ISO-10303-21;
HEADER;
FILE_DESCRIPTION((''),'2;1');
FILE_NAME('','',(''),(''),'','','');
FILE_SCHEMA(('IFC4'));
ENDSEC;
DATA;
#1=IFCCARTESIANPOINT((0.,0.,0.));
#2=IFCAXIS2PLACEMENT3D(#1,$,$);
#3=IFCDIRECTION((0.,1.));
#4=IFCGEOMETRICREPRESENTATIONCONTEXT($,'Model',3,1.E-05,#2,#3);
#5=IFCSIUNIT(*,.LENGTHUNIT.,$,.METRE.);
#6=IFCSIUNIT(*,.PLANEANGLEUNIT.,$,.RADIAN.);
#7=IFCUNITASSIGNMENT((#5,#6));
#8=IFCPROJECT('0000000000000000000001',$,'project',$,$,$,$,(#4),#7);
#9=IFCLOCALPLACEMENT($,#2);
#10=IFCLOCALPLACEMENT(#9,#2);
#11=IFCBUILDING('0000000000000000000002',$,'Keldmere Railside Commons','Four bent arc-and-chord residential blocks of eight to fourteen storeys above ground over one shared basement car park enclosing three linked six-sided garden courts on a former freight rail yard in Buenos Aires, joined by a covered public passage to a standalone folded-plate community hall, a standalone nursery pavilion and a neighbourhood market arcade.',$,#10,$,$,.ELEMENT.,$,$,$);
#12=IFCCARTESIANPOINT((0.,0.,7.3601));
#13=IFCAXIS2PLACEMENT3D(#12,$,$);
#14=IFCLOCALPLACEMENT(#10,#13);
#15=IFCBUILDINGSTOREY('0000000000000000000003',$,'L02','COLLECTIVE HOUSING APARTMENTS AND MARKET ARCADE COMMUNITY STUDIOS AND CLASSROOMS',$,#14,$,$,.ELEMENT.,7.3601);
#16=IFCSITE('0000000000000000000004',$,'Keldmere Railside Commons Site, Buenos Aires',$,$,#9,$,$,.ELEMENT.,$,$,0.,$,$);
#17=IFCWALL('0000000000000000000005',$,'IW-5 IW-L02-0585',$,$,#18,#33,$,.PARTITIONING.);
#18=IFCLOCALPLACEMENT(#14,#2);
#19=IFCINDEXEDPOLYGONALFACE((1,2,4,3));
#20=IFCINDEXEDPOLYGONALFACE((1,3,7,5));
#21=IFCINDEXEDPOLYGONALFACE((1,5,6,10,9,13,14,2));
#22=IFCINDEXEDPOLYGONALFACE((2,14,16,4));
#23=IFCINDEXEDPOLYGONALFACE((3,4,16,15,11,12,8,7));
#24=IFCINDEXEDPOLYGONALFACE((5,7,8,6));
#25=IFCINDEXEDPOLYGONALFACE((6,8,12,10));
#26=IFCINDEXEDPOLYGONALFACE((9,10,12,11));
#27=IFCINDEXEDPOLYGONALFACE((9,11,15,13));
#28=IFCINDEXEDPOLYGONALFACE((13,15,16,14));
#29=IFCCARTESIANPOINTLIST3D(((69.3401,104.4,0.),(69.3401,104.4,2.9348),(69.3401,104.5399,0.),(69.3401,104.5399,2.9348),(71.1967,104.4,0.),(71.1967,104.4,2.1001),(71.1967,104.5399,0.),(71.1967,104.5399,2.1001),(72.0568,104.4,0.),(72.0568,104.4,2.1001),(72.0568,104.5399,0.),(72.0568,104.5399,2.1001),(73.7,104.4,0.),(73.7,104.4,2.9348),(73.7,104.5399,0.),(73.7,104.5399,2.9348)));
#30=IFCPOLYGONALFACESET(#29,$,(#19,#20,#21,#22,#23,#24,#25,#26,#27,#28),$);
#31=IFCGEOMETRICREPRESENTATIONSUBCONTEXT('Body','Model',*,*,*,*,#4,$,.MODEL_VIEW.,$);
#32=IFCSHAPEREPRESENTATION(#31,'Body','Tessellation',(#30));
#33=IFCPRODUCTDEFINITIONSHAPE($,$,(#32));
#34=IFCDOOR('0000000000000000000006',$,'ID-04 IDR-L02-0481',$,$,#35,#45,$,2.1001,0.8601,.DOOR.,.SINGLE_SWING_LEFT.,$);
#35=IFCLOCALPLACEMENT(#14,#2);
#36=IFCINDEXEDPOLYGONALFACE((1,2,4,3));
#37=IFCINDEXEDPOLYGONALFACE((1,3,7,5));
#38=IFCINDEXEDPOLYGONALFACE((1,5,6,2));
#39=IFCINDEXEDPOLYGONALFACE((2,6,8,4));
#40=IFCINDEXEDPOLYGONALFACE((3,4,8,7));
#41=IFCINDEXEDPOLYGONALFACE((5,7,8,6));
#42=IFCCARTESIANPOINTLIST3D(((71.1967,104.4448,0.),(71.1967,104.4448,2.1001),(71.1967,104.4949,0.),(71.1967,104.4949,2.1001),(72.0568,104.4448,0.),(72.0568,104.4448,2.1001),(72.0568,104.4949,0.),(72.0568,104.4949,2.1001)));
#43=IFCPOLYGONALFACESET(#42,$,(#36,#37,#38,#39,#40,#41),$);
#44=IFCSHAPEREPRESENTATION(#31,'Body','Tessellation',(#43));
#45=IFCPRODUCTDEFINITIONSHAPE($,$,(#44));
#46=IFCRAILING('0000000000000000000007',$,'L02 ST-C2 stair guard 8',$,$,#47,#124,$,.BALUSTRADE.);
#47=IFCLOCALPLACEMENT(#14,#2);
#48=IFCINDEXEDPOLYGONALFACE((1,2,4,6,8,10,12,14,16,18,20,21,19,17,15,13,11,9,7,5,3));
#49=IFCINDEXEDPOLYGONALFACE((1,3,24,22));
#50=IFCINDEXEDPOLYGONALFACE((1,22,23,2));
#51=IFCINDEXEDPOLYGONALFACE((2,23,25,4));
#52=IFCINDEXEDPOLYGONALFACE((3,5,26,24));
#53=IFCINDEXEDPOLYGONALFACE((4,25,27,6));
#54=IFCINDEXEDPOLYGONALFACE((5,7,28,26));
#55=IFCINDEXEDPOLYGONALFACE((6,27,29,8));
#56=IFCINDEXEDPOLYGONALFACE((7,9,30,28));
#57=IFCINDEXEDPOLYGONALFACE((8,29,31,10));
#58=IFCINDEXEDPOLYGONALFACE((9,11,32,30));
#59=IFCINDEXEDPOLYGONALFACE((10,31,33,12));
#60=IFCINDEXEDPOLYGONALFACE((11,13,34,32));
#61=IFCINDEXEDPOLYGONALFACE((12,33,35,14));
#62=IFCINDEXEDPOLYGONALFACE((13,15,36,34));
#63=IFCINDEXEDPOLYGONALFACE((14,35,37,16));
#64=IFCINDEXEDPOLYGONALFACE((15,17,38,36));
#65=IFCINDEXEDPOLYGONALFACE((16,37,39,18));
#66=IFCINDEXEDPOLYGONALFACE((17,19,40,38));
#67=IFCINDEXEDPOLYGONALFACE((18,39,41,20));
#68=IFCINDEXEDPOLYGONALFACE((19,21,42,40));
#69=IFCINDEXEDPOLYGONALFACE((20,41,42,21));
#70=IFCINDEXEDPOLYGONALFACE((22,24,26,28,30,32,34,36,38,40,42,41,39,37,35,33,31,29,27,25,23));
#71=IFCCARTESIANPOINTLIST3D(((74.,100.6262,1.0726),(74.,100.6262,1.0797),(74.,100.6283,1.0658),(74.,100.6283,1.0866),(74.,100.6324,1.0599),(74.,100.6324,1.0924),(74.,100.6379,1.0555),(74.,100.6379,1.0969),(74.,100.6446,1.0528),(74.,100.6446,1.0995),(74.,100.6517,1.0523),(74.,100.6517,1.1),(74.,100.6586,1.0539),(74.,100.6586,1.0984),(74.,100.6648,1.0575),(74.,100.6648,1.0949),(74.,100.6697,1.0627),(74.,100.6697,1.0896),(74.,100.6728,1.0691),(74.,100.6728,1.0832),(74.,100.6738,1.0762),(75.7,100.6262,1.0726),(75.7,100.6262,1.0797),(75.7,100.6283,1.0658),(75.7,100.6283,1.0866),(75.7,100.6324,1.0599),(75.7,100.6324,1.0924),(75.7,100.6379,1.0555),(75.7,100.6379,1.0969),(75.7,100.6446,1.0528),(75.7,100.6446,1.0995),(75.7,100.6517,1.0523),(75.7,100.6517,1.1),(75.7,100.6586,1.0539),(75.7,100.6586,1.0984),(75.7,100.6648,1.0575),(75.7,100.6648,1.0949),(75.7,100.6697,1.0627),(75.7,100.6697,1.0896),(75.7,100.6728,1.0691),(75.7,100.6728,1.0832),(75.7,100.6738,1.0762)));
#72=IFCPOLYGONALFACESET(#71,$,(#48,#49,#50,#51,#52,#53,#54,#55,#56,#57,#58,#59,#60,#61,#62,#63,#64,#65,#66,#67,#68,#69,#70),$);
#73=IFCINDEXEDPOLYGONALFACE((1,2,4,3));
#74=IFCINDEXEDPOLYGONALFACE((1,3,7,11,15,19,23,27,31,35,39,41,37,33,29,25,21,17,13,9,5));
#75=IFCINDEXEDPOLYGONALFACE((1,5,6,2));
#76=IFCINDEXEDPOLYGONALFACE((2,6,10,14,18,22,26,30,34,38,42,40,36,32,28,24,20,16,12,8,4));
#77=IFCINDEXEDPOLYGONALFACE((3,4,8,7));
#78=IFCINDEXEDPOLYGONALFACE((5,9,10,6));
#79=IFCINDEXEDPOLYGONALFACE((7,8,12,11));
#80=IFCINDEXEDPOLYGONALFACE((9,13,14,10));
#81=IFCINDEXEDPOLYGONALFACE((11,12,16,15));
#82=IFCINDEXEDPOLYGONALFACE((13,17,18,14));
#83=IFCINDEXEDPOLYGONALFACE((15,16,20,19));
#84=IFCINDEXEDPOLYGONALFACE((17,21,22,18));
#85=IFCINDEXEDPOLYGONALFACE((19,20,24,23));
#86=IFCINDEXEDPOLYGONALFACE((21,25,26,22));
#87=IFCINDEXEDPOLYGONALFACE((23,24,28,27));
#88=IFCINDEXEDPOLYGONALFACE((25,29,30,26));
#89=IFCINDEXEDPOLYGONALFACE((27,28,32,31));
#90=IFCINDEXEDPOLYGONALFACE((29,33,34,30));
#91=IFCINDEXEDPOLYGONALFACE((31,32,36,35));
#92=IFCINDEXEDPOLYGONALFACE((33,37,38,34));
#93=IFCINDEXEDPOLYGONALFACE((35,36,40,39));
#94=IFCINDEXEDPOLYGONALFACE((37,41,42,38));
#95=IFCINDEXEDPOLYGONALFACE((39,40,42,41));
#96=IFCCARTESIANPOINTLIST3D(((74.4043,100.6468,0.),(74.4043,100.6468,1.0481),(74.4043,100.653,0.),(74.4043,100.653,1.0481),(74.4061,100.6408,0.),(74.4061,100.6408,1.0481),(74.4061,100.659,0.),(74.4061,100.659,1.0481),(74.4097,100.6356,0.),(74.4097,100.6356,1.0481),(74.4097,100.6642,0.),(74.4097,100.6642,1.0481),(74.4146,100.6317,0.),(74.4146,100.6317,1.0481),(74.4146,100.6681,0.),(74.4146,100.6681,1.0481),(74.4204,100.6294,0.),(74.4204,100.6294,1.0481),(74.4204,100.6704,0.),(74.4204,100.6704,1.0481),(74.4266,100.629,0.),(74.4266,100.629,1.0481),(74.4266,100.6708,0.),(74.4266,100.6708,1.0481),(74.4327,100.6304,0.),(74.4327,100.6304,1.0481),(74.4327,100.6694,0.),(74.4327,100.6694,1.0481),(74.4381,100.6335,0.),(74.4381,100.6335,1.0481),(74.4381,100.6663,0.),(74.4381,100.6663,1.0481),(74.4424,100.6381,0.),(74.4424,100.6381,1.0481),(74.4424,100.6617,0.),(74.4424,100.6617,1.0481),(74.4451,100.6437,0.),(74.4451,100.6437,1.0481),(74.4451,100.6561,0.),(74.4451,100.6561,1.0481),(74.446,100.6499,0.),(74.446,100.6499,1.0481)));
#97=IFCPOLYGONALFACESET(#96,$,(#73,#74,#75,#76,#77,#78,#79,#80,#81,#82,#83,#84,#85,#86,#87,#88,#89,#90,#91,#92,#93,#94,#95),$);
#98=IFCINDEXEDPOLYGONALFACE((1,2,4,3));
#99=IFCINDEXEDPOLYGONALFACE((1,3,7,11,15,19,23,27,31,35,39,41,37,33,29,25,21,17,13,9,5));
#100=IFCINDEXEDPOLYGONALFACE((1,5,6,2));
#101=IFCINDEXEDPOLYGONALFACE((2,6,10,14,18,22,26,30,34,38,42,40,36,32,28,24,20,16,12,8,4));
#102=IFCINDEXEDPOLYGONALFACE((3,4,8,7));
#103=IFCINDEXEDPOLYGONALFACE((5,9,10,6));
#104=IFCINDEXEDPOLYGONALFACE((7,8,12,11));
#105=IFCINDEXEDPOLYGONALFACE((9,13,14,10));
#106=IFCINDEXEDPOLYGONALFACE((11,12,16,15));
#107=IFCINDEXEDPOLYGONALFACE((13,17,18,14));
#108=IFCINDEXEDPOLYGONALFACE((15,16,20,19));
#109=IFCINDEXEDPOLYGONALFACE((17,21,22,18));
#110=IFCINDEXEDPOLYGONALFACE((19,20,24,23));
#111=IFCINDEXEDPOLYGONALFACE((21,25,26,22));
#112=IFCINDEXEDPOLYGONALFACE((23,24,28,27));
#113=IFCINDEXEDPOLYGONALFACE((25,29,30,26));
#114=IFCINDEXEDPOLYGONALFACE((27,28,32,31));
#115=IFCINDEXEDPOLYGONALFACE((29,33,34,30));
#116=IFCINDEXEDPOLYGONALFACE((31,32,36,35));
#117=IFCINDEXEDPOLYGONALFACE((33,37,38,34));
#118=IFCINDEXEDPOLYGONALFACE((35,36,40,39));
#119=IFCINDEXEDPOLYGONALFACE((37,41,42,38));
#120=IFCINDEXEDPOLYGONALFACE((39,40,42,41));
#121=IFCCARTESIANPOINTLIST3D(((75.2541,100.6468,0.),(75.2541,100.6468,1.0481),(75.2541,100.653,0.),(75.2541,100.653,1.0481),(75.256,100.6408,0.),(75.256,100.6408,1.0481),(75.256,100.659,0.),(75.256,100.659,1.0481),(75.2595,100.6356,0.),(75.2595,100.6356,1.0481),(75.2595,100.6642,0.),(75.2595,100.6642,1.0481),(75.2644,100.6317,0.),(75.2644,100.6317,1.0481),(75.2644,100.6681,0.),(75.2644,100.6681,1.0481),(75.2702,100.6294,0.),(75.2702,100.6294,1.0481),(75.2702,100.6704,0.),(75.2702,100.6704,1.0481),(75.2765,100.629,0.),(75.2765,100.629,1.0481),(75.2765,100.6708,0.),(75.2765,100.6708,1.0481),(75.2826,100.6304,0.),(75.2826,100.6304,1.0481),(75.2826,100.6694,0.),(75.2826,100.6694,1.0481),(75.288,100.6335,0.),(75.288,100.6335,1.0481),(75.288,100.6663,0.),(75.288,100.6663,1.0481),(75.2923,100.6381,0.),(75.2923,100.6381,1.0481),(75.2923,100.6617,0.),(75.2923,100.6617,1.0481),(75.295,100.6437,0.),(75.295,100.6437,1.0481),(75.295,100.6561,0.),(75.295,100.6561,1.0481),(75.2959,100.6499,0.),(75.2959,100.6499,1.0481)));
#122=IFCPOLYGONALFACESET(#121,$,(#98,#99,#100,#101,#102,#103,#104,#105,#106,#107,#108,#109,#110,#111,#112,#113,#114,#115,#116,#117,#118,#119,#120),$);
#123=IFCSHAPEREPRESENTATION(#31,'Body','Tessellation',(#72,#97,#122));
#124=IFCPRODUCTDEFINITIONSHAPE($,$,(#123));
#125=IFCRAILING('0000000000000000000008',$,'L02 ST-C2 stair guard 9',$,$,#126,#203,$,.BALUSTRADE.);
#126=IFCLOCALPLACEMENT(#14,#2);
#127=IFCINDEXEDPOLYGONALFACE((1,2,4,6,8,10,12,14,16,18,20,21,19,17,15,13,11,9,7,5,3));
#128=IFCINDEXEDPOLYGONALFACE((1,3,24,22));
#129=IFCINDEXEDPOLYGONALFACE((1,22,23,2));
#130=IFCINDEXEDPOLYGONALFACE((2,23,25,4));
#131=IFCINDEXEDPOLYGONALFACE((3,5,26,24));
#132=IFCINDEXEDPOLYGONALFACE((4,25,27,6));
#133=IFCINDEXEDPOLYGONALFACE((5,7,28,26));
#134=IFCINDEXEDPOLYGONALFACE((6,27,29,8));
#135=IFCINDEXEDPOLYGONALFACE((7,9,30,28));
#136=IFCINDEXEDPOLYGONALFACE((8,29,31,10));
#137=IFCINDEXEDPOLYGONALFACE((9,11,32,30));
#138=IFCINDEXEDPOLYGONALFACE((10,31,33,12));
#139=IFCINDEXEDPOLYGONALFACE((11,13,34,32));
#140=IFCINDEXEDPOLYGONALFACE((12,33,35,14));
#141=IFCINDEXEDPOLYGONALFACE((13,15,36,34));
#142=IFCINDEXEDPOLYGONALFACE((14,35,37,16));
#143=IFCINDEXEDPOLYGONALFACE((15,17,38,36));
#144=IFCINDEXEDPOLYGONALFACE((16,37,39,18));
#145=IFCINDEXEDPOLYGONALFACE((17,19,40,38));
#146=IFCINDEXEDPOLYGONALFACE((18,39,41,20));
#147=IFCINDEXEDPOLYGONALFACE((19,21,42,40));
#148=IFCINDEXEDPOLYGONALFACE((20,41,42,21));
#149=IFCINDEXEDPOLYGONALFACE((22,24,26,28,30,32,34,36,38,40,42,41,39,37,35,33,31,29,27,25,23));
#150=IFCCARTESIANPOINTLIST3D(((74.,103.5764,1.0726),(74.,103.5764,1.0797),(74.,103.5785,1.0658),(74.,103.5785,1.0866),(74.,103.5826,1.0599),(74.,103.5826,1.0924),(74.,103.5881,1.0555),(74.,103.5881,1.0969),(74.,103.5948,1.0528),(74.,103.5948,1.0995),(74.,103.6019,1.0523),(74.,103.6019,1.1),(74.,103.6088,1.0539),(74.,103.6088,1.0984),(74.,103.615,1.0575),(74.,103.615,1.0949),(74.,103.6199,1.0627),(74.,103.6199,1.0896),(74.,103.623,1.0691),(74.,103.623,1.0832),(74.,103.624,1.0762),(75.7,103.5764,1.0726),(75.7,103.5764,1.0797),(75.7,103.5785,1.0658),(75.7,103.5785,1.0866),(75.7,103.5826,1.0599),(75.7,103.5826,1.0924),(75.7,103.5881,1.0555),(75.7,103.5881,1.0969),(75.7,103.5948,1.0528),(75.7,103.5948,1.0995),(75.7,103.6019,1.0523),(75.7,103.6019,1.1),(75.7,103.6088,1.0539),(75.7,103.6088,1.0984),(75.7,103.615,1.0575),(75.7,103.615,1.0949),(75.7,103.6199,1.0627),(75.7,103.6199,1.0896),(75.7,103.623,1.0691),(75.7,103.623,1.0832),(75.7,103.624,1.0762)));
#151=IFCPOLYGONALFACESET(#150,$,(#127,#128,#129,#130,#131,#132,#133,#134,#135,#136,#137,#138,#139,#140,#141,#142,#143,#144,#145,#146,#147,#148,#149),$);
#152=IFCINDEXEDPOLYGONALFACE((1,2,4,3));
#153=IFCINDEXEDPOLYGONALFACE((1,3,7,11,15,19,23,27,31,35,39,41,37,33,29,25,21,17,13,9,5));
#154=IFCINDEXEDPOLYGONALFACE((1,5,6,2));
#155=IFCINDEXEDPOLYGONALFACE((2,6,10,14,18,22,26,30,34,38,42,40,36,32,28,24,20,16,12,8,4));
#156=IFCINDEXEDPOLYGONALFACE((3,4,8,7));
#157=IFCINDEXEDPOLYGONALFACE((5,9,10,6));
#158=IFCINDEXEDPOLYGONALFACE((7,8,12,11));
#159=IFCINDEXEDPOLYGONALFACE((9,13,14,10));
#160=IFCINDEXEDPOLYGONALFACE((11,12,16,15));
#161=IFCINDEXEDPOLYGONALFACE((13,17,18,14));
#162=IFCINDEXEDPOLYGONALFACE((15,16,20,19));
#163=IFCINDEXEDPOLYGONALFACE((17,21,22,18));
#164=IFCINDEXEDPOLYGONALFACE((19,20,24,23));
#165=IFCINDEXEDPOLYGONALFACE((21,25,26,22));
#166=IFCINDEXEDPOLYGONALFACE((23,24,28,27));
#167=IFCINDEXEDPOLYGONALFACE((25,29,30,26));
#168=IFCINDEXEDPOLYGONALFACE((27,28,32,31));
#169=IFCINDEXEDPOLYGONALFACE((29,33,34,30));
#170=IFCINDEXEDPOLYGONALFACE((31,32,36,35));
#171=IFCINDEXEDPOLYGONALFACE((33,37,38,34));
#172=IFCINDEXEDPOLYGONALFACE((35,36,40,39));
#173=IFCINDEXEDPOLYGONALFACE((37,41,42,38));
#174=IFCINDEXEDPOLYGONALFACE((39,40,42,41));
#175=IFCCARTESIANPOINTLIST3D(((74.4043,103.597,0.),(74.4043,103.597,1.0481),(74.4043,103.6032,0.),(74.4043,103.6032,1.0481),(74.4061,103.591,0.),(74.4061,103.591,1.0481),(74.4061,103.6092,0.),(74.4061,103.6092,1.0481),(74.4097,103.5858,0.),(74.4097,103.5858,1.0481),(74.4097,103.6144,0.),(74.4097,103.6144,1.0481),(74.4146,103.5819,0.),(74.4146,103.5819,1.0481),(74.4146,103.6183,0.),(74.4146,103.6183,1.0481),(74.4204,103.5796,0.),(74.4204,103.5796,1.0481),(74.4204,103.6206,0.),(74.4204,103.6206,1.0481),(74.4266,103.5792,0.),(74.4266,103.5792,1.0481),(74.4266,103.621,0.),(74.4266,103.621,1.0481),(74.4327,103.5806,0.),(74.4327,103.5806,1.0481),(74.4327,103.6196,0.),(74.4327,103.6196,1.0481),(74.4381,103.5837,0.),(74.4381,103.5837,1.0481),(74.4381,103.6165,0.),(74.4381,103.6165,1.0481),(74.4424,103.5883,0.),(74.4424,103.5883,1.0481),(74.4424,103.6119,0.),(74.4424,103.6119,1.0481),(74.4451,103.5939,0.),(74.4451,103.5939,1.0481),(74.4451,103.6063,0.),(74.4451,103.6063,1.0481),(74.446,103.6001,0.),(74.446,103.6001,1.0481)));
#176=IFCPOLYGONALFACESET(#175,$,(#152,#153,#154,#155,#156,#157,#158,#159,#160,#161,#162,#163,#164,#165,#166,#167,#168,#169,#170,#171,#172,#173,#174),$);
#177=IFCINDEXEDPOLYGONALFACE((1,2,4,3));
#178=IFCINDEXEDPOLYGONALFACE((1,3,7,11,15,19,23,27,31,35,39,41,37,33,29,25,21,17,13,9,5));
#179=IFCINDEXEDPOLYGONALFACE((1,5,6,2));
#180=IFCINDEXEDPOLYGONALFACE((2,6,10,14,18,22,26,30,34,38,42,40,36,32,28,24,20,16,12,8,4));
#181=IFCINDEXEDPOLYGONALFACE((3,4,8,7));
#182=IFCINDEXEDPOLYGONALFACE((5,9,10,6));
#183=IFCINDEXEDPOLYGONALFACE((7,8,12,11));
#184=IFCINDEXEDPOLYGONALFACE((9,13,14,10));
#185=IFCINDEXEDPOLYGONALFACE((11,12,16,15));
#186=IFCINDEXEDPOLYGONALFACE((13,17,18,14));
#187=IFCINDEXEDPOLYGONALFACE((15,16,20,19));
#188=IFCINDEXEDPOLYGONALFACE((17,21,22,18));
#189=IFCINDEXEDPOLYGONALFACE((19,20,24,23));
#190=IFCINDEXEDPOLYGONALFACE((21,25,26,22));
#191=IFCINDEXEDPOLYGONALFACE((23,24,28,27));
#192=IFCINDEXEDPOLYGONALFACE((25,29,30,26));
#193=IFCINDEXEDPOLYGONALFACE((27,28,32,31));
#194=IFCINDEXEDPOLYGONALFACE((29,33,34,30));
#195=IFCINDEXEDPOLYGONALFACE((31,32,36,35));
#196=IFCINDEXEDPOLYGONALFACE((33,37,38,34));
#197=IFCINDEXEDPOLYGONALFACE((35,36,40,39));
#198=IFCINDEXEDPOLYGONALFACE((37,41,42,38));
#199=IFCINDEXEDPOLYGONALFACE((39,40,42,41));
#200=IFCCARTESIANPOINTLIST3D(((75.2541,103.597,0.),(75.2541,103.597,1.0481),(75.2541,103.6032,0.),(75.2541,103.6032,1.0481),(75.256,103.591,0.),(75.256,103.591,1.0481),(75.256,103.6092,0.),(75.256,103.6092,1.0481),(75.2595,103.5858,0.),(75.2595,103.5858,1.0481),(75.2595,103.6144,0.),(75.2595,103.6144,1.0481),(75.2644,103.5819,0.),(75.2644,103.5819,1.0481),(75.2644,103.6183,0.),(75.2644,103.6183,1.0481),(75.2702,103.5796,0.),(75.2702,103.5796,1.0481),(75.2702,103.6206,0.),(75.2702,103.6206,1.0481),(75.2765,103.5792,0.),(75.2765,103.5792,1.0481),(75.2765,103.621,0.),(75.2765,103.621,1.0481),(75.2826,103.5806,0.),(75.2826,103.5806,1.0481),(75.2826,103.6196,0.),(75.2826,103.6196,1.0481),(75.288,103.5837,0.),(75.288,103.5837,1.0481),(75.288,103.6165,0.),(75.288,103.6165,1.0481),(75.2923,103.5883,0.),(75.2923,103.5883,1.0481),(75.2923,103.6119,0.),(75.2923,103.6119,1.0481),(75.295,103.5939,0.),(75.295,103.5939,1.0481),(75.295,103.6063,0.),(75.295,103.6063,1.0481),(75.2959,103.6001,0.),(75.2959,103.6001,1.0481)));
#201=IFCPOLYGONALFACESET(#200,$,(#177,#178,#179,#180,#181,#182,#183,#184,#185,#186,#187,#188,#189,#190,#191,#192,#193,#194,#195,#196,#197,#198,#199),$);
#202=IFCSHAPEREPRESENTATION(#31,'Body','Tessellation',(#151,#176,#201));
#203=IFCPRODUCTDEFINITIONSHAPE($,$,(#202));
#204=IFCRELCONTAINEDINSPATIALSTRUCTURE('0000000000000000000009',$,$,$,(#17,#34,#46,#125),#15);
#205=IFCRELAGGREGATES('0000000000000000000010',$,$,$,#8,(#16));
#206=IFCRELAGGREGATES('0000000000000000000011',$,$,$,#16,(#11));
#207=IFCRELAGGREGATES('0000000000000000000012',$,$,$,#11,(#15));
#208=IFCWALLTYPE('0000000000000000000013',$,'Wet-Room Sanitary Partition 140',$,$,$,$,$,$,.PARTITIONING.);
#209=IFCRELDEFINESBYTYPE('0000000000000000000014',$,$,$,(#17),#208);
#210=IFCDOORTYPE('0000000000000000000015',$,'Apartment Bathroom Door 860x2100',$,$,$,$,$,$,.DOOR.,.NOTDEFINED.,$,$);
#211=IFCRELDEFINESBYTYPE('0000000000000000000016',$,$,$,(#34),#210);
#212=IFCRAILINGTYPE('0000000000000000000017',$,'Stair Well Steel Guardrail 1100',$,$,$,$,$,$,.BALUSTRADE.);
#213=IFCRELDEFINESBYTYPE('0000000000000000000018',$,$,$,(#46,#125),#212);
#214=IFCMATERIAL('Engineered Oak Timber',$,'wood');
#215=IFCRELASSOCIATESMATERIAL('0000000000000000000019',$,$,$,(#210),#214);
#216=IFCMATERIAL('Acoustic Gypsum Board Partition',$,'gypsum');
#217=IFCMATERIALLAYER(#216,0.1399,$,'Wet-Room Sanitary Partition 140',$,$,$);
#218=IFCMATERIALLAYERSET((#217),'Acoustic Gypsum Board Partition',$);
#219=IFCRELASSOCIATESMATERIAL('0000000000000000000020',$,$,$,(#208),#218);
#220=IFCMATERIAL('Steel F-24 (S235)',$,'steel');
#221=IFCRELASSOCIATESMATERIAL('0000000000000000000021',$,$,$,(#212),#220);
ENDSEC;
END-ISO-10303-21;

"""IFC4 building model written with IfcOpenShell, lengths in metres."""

from ifc_helpers import new_model, si_unit, direction, frame, frame_2d, origin, origin_2d, place, context, subcontext, project, spatial, rectangle, circle, extrude, material, layer, layer_set, type_object, element, fill, save


model = new_model("IFC4")

# Units and contexts
model_context = context("Model", 3, precision=1e-05, world=origin(), true_north=direction((0.0, 1.0)))
body_context = subcontext(model_context, "Body", "Model", "MODEL_VIEW")
ifc_project = project(units=[si_unit("LENGTHUNIT", "METRE"), si_unit("PLANEANGLEUNIT", "RADIAN")], contexts=[model_context])

# Site, building, storey
site_placement = place(None, origin())
site = spatial("IfcSite", under=ifc_project, at=site_placement, Name="Keldmere Railside Commons Site, Buenos Aires", CompositionType="ELEMENT", RefElevation=0.0)
building_placement = place(site_placement, origin())
building = spatial("IfcBuilding", under=site, at=building_placement, Name="Keldmere Railside Commons", Description="Four bent arc-and-chord residential blocks of eight to fourteen storeys above ground over one shared basement car park enclosing three linked six-sided garden courts on a former freight rail yard in Buenos Aires, joined by a covered public passage to a standalone folded-plate community hall, a standalone nursery pavilion and a neighbourhood market arcade.", CompositionType="ELEMENT")
storey_placement = place(building_placement, frame((0.0, 0.0, 7.3601)))
storey = spatial("IfcBuildingStorey", under=building, at=storey_placement, Name="L02", Description="COLLECTIVE HOUSING APARTMENTS AND MARKET ARCADE COMMUNITY STUDIOS AND CLASSROOMS", CompositionType="ELEMENT", Elevation=7.3601)

# Shared definitions
ifc_material_1 = material(Name="Acoustic Gypsum Board Partition", Category="gypsum")

# Shared definitions
ifc_material_2 = material(Name="Engineered Oak Timber", Category="wood")
door_type_1 = type_object("IfcDoorType", Name="Apartment Bathroom Door 860x2100", OperationType="NOTDEFINED", PredefinedType="DOOR", material=ifc_material_2)

# Wall, opening, door
ifc_layer_1 = layer(ifc_material_1, 0.1399, Name="Wet-Room Sanitary Partition 140")
ifc_layer_set_1 = layer_set([ifc_layer_1], Name="Acoustic Gypsum Board Partition")
wall_type_1 = type_object("IfcWallType", Name="Wet-Room Sanitary Partition 140", PredefinedType="PARTITIONING", material=ifc_layer_set_1)
wall_1_placement = place(storey_placement, frame((69.3401, 104.47, 0.0), z_axis=(0.0, 0.0, 1.0), x_axis=(1.0, 0.0, 0.0)))
wall_1 = element("IfcWall", 1, at=wall_1_placement, inside=storey, type_object=wall_type_1, Name="IW-5 IW-L02-0585", PredefinedType="PARTITIONING", context=body_context, shape_type="SweptSolid", body=[
    extrude(rectangle(XDim=4.3599, YDim=0.1399, at=frame_2d((2.1799, 0.0))), origin(), (0.0, 0.0, 1.0), 2.9348),
])
opening_1_placement = place(wall_1_placement, frame((1.8564, 0.0, 0.0)))
opening_1 = element("IfcOpeningElement", 2, at=opening_1_placement, cuts=wall_1, PredefinedType="OPENING", context=body_context, shape_type="SweptSolid", body=[
    extrude(rectangle(XDim=0.8601, YDim=2.1001, at=frame_2d((0.4302, 1.05))), frame((0.0, 0.0798, 0.0), z_axis=(0.0, -1.0, 0.0), x_axis=(1.0, 0.0, 0.0)), (0.0, 0.0, 1.0), 0.1599),
])
door_1_placement = place(opening_1_placement, origin())
door_1 = element("IfcDoor", 3, at=door_1_placement, inside=storey, type_object=door_type_1, Name="ID-04 IDR-L02-0481", OperationType="SINGLE_SWING_LEFT", OverallHeight=2.1001, OverallWidth=0.8601, PredefinedType="DOOR", context=body_context, shape_type="SweptSolid", body=[
    extrude(rectangle(XDim=0.8601, YDim=2.1001, at=frame_2d((0.4302, 1.05))), frame((0.0, 0.0249, 0.0), z_axis=(0.0, -1.0, 0.0), x_axis=(1.0, 0.0, 0.0)), (0.0, 0.0, 1.0), 0.05),
])
fill(opening_1, door_1)

# Railings
ifc_material_3 = material(Name="Steel F-24 (S235)", Category="steel")
railing_type = type_object("IfcRailingType", Name="Stair Well Steel Guardrail 1100", PredefinedType="BALUSTRADE", material=ifc_material_3)
for number, where, name in (
    (4, (74.0, 100.6499, 0.0), "L02 ST-C2 stair guard 8"),
    (5, (74.0, 103.6001, 0.0), "L02 ST-C2 stair guard 9"),
):
    element("IfcRailing", number, at=place(storey_placement, frame(where)), inside=storey, type_object=railing_type, Name=name, PredefinedType="BALUSTRADE", context=body_context, shape_type="SweptSolid", body=[
        extrude(circle(Radius=0.0239, at=origin_2d()), frame((0.0, 0.0, 1.0762), z_axis=(1.0, 0.0, 0.0), x_axis=(0.0, 1.0, 0.0)), (0.0, 0.0, 1.0), 1.7),
        extrude(circle(Radius=0.021, at=origin_2d()), frame((0.425, 0.0, 0.0)), (0.0, 0.0, 1.0), 1.0481),
        extrude(circle(Radius=0.021, at=origin_2d()), frame((1.2749, 0.0, 0.0)), (0.0, 0.0, 1.0), 1.0481),
    ])

save(model, "model.ifc")
